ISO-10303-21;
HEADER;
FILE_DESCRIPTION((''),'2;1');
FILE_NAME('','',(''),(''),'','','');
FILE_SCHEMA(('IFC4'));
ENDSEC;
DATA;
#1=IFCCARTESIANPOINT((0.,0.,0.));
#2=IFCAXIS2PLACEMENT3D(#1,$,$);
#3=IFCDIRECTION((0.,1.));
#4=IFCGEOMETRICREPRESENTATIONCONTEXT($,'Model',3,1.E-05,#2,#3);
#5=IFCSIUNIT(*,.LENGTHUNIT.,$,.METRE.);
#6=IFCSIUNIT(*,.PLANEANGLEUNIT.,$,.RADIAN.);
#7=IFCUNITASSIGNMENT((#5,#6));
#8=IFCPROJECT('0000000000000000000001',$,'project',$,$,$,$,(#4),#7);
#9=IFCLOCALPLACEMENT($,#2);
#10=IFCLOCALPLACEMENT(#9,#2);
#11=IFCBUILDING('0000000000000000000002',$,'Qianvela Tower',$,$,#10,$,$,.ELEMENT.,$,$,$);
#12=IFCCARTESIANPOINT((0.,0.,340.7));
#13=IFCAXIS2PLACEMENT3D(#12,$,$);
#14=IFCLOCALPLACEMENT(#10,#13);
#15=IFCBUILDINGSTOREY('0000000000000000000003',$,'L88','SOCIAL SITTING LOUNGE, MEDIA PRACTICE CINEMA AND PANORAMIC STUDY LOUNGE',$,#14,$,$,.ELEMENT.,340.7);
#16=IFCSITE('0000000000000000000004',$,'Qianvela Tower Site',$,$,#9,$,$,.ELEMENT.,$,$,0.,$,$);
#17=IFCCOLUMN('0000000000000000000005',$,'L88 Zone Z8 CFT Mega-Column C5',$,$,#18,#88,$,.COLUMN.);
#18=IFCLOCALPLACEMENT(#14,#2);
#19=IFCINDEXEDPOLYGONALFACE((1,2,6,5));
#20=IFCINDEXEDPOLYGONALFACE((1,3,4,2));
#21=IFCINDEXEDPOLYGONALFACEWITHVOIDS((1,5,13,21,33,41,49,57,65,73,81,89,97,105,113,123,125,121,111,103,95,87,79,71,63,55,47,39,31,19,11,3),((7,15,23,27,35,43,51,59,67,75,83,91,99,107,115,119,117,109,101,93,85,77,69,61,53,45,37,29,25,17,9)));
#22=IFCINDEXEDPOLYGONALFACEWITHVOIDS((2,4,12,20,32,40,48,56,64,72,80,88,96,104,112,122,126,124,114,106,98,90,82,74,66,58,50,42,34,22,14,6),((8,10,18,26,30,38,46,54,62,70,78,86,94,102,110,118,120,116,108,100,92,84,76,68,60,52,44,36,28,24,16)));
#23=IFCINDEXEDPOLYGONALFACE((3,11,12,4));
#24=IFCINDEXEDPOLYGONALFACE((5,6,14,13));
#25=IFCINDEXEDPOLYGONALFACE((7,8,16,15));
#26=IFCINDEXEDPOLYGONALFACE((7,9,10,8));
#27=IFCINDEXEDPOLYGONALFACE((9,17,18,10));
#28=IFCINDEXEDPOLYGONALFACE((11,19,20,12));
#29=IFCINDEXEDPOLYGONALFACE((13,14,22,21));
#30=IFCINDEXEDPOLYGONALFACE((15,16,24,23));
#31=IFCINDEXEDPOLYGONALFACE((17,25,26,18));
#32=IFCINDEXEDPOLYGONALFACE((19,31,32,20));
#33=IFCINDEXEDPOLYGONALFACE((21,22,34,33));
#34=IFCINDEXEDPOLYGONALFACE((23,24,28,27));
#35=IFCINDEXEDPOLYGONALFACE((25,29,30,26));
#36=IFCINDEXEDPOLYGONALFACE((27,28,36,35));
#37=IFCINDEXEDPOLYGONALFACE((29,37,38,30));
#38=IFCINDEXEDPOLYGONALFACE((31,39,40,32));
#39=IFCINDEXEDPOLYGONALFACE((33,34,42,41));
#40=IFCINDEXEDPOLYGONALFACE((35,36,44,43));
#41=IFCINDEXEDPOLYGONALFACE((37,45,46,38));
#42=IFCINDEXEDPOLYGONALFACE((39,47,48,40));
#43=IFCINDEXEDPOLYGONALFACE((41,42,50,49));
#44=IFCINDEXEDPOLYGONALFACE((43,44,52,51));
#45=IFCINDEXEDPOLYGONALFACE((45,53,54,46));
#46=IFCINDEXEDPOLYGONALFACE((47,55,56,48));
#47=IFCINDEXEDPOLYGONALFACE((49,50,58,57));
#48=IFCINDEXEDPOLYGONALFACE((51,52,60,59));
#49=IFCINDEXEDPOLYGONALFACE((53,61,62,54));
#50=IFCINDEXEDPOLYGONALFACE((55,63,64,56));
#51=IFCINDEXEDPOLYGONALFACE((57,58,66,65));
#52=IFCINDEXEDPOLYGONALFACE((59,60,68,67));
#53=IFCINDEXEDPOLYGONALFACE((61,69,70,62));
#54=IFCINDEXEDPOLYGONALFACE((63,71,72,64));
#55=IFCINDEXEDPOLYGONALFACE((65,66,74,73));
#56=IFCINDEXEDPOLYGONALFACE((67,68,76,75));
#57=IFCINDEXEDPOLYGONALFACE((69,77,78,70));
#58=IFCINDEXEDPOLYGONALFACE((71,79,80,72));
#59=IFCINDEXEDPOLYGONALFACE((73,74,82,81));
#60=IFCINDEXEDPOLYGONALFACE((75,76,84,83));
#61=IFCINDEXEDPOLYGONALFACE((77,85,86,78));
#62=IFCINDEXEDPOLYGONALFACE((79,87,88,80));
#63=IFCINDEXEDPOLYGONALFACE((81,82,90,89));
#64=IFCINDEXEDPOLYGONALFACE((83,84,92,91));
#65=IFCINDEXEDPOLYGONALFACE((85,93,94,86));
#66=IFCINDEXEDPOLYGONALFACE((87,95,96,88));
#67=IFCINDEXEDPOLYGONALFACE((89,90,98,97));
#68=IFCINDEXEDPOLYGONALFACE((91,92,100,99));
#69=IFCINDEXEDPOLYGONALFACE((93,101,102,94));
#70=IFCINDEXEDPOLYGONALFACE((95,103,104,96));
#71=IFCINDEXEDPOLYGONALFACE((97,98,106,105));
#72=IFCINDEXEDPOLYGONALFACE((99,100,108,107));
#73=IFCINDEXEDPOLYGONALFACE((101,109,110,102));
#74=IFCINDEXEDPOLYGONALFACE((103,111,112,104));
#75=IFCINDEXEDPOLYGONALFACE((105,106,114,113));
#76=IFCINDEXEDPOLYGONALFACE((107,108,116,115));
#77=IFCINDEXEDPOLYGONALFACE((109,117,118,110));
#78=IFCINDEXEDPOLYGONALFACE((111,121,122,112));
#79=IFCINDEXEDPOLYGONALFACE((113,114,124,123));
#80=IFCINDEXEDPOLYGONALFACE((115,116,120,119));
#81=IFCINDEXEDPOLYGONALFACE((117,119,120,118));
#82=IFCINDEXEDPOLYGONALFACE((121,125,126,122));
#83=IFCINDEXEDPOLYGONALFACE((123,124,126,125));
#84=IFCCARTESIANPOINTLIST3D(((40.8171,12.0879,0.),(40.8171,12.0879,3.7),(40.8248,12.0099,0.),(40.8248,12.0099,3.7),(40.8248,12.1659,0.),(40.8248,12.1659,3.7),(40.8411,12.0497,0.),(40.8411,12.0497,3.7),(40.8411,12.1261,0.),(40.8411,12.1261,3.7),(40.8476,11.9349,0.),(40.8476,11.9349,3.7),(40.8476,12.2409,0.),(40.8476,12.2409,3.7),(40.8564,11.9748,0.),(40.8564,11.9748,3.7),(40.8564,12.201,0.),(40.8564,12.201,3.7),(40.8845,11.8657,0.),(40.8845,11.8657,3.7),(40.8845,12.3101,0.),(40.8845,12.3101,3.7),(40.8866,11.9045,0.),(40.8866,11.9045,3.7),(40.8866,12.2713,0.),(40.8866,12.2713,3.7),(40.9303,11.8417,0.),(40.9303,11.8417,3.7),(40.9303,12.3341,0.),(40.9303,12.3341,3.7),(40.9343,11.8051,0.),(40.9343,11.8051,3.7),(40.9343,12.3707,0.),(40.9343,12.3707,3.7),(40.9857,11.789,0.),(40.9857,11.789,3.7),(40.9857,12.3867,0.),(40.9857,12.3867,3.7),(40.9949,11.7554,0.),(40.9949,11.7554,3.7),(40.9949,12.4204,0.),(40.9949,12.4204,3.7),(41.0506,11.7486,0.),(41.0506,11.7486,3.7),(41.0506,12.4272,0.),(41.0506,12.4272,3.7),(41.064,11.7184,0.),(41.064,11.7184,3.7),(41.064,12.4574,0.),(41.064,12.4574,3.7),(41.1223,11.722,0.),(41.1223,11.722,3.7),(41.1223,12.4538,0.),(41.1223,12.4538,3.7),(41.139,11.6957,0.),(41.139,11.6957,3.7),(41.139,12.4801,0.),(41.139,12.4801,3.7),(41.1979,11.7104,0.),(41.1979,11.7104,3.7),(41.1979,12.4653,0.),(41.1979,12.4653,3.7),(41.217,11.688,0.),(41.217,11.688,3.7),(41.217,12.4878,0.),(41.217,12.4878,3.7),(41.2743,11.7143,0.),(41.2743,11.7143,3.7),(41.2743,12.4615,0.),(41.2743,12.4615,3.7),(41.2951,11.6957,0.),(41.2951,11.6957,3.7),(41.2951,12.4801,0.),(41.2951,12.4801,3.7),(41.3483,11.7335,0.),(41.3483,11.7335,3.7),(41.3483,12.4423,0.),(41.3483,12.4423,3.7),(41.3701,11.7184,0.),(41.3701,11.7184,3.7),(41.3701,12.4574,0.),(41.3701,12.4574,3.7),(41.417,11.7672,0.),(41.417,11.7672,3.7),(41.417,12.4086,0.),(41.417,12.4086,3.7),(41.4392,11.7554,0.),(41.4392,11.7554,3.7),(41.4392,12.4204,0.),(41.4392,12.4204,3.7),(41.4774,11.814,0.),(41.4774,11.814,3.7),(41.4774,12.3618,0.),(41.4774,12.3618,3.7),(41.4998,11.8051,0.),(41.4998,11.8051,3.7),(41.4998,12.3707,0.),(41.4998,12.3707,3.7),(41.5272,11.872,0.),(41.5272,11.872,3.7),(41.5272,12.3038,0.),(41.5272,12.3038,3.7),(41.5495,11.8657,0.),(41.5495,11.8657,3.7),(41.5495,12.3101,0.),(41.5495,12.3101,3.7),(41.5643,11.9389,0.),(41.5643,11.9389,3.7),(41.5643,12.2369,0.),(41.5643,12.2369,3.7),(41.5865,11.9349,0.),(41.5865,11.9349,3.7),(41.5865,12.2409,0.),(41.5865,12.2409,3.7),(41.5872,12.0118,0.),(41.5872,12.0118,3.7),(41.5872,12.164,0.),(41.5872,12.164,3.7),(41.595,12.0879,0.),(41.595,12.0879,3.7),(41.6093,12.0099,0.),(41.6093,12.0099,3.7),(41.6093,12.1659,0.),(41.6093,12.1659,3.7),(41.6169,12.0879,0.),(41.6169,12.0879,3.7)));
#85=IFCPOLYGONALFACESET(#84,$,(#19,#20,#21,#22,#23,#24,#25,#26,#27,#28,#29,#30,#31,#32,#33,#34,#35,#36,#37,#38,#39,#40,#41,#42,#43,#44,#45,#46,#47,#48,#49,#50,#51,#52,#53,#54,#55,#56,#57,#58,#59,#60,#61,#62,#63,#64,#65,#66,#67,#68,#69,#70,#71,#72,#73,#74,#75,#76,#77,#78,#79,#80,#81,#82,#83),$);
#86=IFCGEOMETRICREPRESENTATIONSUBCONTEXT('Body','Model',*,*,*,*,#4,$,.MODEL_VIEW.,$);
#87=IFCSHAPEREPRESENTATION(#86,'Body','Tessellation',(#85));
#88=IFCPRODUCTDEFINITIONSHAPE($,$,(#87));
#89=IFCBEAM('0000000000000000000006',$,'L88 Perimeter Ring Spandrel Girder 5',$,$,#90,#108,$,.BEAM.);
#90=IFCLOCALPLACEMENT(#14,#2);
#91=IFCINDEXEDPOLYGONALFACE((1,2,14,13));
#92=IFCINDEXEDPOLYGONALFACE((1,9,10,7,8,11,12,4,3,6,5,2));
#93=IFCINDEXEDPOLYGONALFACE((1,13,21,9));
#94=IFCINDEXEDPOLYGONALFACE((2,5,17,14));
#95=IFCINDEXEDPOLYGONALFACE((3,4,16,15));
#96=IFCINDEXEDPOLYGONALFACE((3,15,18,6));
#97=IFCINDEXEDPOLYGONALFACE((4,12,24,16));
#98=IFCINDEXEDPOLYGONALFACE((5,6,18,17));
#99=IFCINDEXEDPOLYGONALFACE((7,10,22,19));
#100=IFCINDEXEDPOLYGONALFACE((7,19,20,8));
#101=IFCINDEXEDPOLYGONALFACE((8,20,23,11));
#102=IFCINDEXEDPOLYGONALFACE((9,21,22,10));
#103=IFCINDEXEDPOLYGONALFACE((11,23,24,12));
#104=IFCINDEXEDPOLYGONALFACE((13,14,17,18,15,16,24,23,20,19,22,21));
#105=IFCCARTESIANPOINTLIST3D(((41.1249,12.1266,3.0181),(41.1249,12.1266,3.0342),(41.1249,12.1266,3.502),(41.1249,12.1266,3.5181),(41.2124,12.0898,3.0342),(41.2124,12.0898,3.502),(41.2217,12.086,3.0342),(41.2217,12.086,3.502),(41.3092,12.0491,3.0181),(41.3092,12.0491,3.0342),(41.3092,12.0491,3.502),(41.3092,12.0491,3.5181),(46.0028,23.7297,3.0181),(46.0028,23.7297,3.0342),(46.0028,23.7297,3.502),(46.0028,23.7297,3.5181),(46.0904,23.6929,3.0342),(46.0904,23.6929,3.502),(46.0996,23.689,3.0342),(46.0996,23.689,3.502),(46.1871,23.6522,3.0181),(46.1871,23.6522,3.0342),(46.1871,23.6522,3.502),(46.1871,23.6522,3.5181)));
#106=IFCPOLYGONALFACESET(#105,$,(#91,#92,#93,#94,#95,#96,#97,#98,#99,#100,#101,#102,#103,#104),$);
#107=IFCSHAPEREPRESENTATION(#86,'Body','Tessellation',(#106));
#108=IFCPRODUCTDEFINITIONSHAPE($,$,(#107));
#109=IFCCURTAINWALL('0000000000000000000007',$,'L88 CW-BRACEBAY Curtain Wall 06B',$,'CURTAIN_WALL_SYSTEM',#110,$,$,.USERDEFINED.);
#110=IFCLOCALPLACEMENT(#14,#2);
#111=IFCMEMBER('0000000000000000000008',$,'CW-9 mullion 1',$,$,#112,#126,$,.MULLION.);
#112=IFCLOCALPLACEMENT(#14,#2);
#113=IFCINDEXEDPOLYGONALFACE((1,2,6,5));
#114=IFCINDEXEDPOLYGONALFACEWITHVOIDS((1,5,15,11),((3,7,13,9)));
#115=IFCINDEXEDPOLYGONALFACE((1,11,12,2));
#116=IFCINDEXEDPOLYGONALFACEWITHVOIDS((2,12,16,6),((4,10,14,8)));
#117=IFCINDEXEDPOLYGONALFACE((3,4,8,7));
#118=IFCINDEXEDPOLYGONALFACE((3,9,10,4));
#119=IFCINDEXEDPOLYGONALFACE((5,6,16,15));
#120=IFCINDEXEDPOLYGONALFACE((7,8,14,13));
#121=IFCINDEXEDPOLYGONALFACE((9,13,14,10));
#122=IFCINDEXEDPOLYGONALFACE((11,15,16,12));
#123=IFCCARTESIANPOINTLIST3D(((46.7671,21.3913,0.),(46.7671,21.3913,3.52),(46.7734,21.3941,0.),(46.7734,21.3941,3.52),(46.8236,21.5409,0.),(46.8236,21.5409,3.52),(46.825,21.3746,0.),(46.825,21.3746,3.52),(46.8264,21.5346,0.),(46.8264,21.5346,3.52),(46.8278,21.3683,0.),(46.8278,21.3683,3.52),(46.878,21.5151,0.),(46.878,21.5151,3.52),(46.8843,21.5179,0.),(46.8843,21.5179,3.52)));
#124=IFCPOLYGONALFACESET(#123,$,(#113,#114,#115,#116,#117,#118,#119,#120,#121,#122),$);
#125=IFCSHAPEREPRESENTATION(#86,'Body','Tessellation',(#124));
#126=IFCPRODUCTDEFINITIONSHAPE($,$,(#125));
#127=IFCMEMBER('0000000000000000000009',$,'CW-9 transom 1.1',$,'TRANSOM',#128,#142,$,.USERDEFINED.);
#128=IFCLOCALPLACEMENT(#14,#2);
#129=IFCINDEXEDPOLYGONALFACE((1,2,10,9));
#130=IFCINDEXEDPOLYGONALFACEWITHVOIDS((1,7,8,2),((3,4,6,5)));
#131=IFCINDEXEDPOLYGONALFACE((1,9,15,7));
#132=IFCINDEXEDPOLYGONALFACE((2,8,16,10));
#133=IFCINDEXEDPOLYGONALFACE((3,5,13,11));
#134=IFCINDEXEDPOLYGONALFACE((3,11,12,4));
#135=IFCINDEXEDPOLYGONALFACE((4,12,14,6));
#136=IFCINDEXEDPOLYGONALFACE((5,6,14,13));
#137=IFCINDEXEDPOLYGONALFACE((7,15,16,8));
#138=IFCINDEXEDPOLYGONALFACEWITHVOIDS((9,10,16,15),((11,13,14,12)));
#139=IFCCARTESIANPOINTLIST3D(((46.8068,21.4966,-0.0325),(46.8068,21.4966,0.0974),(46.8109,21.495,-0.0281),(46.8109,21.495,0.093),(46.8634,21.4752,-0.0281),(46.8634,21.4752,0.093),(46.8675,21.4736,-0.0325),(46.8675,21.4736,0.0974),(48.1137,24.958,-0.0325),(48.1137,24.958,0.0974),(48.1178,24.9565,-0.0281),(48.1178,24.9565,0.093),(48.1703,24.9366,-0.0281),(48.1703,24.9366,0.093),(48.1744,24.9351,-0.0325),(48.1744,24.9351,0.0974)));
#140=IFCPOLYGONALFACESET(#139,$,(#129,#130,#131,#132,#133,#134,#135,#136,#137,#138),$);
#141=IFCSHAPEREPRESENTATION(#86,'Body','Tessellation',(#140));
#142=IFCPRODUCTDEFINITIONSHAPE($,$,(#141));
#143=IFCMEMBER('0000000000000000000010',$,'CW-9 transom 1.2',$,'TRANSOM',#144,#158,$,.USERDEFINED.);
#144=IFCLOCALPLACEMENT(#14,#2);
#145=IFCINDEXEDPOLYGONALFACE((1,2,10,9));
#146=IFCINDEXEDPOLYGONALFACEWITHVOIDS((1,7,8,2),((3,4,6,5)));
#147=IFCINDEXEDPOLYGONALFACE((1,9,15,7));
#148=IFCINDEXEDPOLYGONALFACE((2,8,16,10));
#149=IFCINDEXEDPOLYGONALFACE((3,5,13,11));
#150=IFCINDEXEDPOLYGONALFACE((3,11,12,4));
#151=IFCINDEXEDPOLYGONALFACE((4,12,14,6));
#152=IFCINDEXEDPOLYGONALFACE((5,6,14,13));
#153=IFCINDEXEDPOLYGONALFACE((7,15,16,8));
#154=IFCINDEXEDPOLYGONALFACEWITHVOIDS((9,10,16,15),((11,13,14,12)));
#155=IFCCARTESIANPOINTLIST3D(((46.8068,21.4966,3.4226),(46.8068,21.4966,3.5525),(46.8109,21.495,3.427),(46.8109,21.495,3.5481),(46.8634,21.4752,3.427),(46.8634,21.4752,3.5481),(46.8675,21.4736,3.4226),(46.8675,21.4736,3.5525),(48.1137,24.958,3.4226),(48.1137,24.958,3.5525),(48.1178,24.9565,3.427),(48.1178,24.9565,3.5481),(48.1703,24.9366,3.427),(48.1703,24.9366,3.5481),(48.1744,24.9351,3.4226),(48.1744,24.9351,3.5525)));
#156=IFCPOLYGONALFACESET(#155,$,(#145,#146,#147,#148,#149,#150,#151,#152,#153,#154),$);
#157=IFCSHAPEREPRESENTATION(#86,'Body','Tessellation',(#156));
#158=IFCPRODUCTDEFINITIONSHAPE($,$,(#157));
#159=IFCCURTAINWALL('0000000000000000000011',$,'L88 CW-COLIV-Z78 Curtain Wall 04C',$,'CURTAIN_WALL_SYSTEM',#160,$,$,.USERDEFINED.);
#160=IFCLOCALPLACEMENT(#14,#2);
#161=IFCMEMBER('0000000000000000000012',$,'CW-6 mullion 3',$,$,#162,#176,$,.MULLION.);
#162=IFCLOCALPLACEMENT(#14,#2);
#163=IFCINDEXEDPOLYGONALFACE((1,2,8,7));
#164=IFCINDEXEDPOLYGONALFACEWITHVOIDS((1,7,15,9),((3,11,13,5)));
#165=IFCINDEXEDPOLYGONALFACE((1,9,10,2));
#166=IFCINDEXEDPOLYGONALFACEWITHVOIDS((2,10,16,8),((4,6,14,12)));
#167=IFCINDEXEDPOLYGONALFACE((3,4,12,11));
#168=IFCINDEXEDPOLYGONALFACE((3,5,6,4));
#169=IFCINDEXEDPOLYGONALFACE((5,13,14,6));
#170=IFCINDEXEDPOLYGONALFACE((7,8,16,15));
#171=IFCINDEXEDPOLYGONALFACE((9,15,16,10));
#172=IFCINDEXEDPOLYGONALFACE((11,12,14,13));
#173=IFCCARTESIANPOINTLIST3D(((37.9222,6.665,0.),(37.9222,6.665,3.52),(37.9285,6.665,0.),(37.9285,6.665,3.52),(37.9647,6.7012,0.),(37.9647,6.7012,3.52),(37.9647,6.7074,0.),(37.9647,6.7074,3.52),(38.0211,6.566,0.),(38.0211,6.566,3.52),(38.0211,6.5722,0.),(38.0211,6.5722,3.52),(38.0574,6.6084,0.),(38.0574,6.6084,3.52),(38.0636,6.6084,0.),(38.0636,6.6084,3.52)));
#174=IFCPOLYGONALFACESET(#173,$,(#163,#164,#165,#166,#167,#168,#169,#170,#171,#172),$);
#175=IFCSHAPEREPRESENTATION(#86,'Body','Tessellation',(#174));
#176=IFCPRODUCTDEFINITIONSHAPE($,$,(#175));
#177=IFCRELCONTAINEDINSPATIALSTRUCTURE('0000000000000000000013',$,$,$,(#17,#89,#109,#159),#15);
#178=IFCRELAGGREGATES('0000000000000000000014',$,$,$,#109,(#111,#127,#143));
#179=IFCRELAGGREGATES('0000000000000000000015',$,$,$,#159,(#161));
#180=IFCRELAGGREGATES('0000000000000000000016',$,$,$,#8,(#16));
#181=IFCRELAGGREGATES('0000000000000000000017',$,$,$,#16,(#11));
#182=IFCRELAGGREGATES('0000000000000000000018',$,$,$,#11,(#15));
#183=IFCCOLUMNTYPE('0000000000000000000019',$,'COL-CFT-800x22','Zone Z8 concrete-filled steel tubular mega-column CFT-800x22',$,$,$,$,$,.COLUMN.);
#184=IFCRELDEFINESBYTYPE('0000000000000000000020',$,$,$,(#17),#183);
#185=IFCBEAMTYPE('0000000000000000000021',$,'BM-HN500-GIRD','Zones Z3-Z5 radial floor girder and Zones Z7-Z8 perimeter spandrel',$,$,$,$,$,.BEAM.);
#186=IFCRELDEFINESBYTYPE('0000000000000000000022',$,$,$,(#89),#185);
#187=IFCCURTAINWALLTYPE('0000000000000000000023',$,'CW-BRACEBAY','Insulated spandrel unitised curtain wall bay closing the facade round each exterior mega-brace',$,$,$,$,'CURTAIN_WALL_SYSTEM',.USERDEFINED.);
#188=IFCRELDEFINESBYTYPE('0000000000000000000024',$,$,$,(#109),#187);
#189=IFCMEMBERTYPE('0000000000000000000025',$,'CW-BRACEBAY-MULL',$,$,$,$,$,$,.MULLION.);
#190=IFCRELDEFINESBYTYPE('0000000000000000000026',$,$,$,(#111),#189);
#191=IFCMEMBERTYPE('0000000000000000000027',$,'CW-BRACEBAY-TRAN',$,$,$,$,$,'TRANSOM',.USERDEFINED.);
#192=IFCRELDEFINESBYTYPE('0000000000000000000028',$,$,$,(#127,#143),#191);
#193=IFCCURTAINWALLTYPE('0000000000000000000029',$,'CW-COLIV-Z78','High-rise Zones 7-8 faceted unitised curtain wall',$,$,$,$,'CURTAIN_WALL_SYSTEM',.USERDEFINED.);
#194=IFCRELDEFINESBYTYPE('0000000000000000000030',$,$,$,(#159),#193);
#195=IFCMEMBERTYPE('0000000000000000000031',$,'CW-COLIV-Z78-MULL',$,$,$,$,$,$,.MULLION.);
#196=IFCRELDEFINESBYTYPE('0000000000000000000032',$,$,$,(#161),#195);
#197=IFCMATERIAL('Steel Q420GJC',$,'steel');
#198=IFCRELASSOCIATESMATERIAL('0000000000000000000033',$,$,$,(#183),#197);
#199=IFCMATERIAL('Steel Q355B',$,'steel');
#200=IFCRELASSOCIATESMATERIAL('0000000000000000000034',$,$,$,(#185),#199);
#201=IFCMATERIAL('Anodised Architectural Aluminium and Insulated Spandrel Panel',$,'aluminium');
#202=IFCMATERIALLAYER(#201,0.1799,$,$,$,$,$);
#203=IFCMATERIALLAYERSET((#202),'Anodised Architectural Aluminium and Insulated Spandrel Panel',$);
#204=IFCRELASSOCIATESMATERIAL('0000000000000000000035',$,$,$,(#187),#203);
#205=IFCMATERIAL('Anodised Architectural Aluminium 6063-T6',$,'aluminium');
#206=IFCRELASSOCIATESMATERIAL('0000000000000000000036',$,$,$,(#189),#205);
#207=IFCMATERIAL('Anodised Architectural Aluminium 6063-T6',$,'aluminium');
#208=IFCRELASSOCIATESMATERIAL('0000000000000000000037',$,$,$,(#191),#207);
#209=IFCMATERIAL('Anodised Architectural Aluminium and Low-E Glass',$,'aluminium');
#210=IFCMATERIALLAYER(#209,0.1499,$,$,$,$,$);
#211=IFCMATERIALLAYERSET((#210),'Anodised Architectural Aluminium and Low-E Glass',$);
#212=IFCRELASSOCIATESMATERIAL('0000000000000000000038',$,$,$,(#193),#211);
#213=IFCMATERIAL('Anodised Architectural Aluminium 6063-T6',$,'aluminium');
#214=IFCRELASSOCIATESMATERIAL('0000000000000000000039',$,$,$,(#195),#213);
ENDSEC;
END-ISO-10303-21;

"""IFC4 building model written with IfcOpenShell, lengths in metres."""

from ifc_helpers import new_model, si_unit, direction, frame, origin, origin_2d, place, context, subcontext, project, spatial, hollow_rectangle, hollow_circle, i_section, extrude, material, layer, layer_set, material_profile, profile_set, type_object, element, aggregate, save


model = new_model("IFC4")

# Units and contexts
model_context = context("Model", 3, precision=1e-05, world=origin(), true_north=direction((0.0, 1.0)))
body_context = subcontext(model_context, "Body", "Model", "MODEL_VIEW")
ifc_project = project(units=[si_unit("LENGTHUNIT", "METRE"), si_unit("PLANEANGLEUNIT", "RADIAN")], contexts=[model_context])

# Site, building, storey
site_placement = place(None, origin())
site = spatial("IfcSite", under=ifc_project, at=site_placement, Name="Qianvela Tower Site", CompositionType="ELEMENT", RefElevation=0.0)
building_placement = place(site_placement, origin())
building = spatial("IfcBuilding", under=site, at=building_placement, Name="Qianvela Tower", CompositionType="ELEMENT")
storey_placement = place(building_placement, frame((0.0, 0.0, 340.7)))
storey = spatial("IfcBuildingStorey", under=building, at=storey_placement, Name="L88", Description="SOCIAL SITTING LOUNGE, MEDIA PRACTICE CINEMA AND PANORAMIC STUDY LOUNGE", CompositionType="ELEMENT", Elevation=340.7)

# Column
ifc_material_1 = material(Name="Steel Q420GJC", Category="steel")
ifc_material_profile_1 = material_profile(ifc_material_1, hollow_circle(Radius=0.3999, WallThickness=0.022, at=origin_2d()), Name="CFT-800x22")
ifc_profile_set_1 = profile_set([ifc_material_profile_1], Name="Steel Q420GJC")
column_type = type_object("IfcColumnType", Name="COL-CFT-800x22", Description="Zone Z8 concrete-filled steel tubular mega-column CFT-800x22", PredefinedType="COLUMN", material=ifc_profile_set_1)
column_placement = place(storey_placement, frame((41.217, 12.0879, 0.0), z_axis=(0.0, 0.0, 1.0), x_axis=(1.0, 0.0, 0.0)))
element("IfcColumn", 1, at=column_placement, inside=storey, type_object=column_type, Name="L88 Zone Z8 CFT Mega-Column C5", PredefinedType="COLUMN", context=body_context, shape_type="SweptSolid", body=[
    extrude(hollow_circle(Radius=0.3999, WallThickness=0.022, at=origin_2d()), origin(), (0.0, 0.0, 1.0), 3.7),
])

# Beam
ifc_material_2 = material(Name="Steel Q355B", Category="steel")
ifc_material_profile_2 = material_profile(ifc_material_2, i_section(OverallWidth=0.2, OverallDepth=0.5, WebThickness=0.01, FlangeThickness=0.0161, at=origin_2d()), Name="HN500x200x10x16")
ifc_profile_set_2 = profile_set([ifc_material_profile_2], Name="Steel Q355B")
beam_type = type_object("IfcBeamType", Name="BM-HN500-GIRD", Description="Zones Z3-Z5 radial floor girder and Zones Z7-Z8 perimeter spandrel", PredefinedType="BEAM", material=ifc_profile_set_2)
beam_placement = place(storey_placement, frame((41.217, 12.0879, 3.2681), z_axis=(0.387547, 0.92185, 0.0), x_axis=(-0.92185, 0.387547, 0.0)))
element("IfcBeam", 2, at=beam_placement, inside=storey, type_object=beam_type, Name="L88 Perimeter Ring Spandrel Girder 5", PredefinedType="BEAM", context=body_context, shape_type="SweptSolid", body=[
    extrude(i_section(OverallWidth=0.2, OverallDepth=0.5, WebThickness=0.01, FlangeThickness=0.0161, at=origin_2d()), origin(), (0.0, 0.0, 1.0), 12.5867),
])

# Curtain wall, members
ifc_material_3 = material(Name="Anodised Architectural Aluminium and Insulated Spandrel Panel", Category="aluminium")
ifc_layer_1 = layer(ifc_material_3, 0.1799)
ifc_layer_set_1 = layer_set([ifc_layer_1], Name="Anodised Architectural Aluminium and Insulated Spandrel Panel")
curtain_wall_type_1 = type_object("IfcCurtainWallType", Name="CW-BRACEBAY", Description="Insulated spandrel unitised curtain wall bay closing the facade round each exterior mega-brace", ElementType="CURTAIN_WALL_SYSTEM", PredefinedType="USERDEFINED", material=ifc_layer_set_1)
curtain_wall_1_placement = place(storey_placement, origin())
curtain_wall_1 = element("IfcCurtainWall", 3, at=curtain_wall_1_placement, inside=storey, type_object=curtain_wall_type_1, Name="L88 CW-BRACEBAY Curtain Wall 06B", ObjectType="CURTAIN_WALL_SYSTEM", PredefinedType="USERDEFINED")
ifc_material_4 = material(Name="Anodised Architectural Aluminium 6063-T6", Category="aluminium")
ifc_material_profile_3 = material_profile(ifc_material_4, hollow_rectangle(XDim=0.0649, YDim=0.1599, WallThickness=0.0049, at=origin_2d()), Name="ALU-MULL-65x160")
ifc_profile_set_3 = profile_set([ifc_material_profile_3], Name="Anodised Architectural Aluminium 6063-T6")
member_type_1 = type_object("IfcMemberType", Name="CW-BRACEBAY-MULL", PredefinedType="MULLION", material=ifc_profile_set_3)
member_1_placement = place(storey_placement, frame((46.8257, 21.4546, 0.0), z_axis=(0.0, 0.0, 1.0), x_axis=(-0.935525, 0.35326, 0.0)))
member_1 = element("IfcMember", 4, at=member_1_placement, type_object=member_type_1, Name="CW-9 mullion 1", PredefinedType="MULLION", context=body_context, shape_type="SweptSolid", body=[
    extrude(hollow_rectangle(XDim=0.0649, YDim=0.1599, WallThickness=0.0049, at=origin_2d()), origin(), (0.0, 0.0, 1.0), 3.52),
])
ifc_material_5 = material(Name="Anodised Architectural Aluminium 6063-T6", Category="aluminium")
ifc_material_profile_4 = material_profile(ifc_material_5, hollow_rectangle(XDim=0.0649, YDim=0.1299, WallThickness=0.0044, at=origin_2d()), Name="ALU-TRAN-65x130")
ifc_profile_set_4 = profile_set([ifc_material_profile_4], Name="Anodised Architectural Aluminium 6063-T6")
member_type_2 = type_object("IfcMemberType", Name="CW-BRACEBAY-TRAN", ElementType="TRANSOM", PredefinedType="USERDEFINED", material=ifc_profile_set_4)
member_2_placement = place(storey_placement, frame((46.8372, 21.4851, 0.0325), z_axis=(0.35322, 0.93554, 0.0), x_axis=(-0.93554, 0.35322, 0.0)))
member_2 = element("IfcMember", 5, at=member_2_placement, type_object=member_type_2, Name="CW-9 transom 1.1", ObjectType="TRANSOM", PredefinedType="USERDEFINED", context=body_context, shape_type="SweptSolid", body=[
    extrude(hollow_rectangle(XDim=0.0649, YDim=0.1299, WallThickness=0.0044, at=origin_2d()), origin(), (0.0, 0.0, 1.0), 3.7),
])
member_3_placement = place(storey_placement, frame((46.8372, 21.4851, 3.4875), z_axis=(0.35322, 0.93554, 0.0), x_axis=(-0.93554, 0.35322, 0.0)))
member_3 = element("IfcMember", 6, at=member_3_placement, type_object=member_type_2, Name="CW-9 transom 1.2", ObjectType="TRANSOM", PredefinedType="USERDEFINED", context=body_context, shape_type="SweptSolid", body=[
    extrude(hollow_rectangle(XDim=0.0649, YDim=0.1299, WallThickness=0.0044, at=origin_2d()), origin(), (0.0, 0.0, 1.0), 3.7),
])
aggregate(curtain_wall_1, [member_1, member_2, member_3])

# Curtain wall, member
ifc_material_6 = material(Name="Anodised Architectural Aluminium and Low-E Glass", Category="aluminium")
ifc_layer_2 = layer(ifc_material_6, 0.1499)
ifc_layer_set_2 = layer_set([ifc_layer_2], Name="Anodised Architectural Aluminium and Low-E Glass")
curtain_wall_type_2 = type_object("IfcCurtainWallType", Name="CW-COLIV-Z78", Description="High-rise Zones 7-8 faceted unitised curtain wall", ElementType="CURTAIN_WALL_SYSTEM", PredefinedType="USERDEFINED", material=ifc_layer_set_2)
curtain_wall_2_placement = place(storey_placement, origin())
curtain_wall_2 = element("IfcCurtainWall", 7, at=curtain_wall_2_placement, inside=storey, type_object=curtain_wall_type_2, Name="L88 CW-COLIV-Z78 Curtain Wall 04C", ObjectType="CURTAIN_WALL_SYSTEM", PredefinedType="USERDEFINED")
ifc_material_7 = material(Name="Anodised Architectural Aluminium 6063-T6", Category="aluminium")
ifc_material_profile_5 = material_profile(ifc_material_7, hollow_rectangle(XDim=0.0601, YDim=0.1399, WallThickness=0.0044, at=origin_2d()), Name="ALU-MULL-60x140")
ifc_profile_set_5 = profile_set([ifc_material_profile_5], Name="Anodised Architectural Aluminium 6063-T6")
member_type_3 = type_object("IfcMemberType", Name="CW-COLIV-Z78-MULL", PredefinedType="MULLION", material=ifc_profile_set_5)
member_4_placement = place(storey_placement, frame((37.9929, 6.6367, 0.0), z_axis=(0.0, 0.0, 1.0), x_axis=(0.7076, 0.706613, 0.0)))
member_4 = element("IfcMember", 8, at=member_4_placement, type_object=member_type_3, Name="CW-6 mullion 3", PredefinedType="MULLION", context=body_context, shape_type="SweptSolid", body=[
    extrude(hollow_rectangle(XDim=0.0601, YDim=0.1399, WallThickness=0.0044, at=origin_2d()), origin(), (0.0, 0.0, 1.0), 3.52),
])

aggregate(curtain_wall_2, [member_4])

save(model, "model.ifc")
